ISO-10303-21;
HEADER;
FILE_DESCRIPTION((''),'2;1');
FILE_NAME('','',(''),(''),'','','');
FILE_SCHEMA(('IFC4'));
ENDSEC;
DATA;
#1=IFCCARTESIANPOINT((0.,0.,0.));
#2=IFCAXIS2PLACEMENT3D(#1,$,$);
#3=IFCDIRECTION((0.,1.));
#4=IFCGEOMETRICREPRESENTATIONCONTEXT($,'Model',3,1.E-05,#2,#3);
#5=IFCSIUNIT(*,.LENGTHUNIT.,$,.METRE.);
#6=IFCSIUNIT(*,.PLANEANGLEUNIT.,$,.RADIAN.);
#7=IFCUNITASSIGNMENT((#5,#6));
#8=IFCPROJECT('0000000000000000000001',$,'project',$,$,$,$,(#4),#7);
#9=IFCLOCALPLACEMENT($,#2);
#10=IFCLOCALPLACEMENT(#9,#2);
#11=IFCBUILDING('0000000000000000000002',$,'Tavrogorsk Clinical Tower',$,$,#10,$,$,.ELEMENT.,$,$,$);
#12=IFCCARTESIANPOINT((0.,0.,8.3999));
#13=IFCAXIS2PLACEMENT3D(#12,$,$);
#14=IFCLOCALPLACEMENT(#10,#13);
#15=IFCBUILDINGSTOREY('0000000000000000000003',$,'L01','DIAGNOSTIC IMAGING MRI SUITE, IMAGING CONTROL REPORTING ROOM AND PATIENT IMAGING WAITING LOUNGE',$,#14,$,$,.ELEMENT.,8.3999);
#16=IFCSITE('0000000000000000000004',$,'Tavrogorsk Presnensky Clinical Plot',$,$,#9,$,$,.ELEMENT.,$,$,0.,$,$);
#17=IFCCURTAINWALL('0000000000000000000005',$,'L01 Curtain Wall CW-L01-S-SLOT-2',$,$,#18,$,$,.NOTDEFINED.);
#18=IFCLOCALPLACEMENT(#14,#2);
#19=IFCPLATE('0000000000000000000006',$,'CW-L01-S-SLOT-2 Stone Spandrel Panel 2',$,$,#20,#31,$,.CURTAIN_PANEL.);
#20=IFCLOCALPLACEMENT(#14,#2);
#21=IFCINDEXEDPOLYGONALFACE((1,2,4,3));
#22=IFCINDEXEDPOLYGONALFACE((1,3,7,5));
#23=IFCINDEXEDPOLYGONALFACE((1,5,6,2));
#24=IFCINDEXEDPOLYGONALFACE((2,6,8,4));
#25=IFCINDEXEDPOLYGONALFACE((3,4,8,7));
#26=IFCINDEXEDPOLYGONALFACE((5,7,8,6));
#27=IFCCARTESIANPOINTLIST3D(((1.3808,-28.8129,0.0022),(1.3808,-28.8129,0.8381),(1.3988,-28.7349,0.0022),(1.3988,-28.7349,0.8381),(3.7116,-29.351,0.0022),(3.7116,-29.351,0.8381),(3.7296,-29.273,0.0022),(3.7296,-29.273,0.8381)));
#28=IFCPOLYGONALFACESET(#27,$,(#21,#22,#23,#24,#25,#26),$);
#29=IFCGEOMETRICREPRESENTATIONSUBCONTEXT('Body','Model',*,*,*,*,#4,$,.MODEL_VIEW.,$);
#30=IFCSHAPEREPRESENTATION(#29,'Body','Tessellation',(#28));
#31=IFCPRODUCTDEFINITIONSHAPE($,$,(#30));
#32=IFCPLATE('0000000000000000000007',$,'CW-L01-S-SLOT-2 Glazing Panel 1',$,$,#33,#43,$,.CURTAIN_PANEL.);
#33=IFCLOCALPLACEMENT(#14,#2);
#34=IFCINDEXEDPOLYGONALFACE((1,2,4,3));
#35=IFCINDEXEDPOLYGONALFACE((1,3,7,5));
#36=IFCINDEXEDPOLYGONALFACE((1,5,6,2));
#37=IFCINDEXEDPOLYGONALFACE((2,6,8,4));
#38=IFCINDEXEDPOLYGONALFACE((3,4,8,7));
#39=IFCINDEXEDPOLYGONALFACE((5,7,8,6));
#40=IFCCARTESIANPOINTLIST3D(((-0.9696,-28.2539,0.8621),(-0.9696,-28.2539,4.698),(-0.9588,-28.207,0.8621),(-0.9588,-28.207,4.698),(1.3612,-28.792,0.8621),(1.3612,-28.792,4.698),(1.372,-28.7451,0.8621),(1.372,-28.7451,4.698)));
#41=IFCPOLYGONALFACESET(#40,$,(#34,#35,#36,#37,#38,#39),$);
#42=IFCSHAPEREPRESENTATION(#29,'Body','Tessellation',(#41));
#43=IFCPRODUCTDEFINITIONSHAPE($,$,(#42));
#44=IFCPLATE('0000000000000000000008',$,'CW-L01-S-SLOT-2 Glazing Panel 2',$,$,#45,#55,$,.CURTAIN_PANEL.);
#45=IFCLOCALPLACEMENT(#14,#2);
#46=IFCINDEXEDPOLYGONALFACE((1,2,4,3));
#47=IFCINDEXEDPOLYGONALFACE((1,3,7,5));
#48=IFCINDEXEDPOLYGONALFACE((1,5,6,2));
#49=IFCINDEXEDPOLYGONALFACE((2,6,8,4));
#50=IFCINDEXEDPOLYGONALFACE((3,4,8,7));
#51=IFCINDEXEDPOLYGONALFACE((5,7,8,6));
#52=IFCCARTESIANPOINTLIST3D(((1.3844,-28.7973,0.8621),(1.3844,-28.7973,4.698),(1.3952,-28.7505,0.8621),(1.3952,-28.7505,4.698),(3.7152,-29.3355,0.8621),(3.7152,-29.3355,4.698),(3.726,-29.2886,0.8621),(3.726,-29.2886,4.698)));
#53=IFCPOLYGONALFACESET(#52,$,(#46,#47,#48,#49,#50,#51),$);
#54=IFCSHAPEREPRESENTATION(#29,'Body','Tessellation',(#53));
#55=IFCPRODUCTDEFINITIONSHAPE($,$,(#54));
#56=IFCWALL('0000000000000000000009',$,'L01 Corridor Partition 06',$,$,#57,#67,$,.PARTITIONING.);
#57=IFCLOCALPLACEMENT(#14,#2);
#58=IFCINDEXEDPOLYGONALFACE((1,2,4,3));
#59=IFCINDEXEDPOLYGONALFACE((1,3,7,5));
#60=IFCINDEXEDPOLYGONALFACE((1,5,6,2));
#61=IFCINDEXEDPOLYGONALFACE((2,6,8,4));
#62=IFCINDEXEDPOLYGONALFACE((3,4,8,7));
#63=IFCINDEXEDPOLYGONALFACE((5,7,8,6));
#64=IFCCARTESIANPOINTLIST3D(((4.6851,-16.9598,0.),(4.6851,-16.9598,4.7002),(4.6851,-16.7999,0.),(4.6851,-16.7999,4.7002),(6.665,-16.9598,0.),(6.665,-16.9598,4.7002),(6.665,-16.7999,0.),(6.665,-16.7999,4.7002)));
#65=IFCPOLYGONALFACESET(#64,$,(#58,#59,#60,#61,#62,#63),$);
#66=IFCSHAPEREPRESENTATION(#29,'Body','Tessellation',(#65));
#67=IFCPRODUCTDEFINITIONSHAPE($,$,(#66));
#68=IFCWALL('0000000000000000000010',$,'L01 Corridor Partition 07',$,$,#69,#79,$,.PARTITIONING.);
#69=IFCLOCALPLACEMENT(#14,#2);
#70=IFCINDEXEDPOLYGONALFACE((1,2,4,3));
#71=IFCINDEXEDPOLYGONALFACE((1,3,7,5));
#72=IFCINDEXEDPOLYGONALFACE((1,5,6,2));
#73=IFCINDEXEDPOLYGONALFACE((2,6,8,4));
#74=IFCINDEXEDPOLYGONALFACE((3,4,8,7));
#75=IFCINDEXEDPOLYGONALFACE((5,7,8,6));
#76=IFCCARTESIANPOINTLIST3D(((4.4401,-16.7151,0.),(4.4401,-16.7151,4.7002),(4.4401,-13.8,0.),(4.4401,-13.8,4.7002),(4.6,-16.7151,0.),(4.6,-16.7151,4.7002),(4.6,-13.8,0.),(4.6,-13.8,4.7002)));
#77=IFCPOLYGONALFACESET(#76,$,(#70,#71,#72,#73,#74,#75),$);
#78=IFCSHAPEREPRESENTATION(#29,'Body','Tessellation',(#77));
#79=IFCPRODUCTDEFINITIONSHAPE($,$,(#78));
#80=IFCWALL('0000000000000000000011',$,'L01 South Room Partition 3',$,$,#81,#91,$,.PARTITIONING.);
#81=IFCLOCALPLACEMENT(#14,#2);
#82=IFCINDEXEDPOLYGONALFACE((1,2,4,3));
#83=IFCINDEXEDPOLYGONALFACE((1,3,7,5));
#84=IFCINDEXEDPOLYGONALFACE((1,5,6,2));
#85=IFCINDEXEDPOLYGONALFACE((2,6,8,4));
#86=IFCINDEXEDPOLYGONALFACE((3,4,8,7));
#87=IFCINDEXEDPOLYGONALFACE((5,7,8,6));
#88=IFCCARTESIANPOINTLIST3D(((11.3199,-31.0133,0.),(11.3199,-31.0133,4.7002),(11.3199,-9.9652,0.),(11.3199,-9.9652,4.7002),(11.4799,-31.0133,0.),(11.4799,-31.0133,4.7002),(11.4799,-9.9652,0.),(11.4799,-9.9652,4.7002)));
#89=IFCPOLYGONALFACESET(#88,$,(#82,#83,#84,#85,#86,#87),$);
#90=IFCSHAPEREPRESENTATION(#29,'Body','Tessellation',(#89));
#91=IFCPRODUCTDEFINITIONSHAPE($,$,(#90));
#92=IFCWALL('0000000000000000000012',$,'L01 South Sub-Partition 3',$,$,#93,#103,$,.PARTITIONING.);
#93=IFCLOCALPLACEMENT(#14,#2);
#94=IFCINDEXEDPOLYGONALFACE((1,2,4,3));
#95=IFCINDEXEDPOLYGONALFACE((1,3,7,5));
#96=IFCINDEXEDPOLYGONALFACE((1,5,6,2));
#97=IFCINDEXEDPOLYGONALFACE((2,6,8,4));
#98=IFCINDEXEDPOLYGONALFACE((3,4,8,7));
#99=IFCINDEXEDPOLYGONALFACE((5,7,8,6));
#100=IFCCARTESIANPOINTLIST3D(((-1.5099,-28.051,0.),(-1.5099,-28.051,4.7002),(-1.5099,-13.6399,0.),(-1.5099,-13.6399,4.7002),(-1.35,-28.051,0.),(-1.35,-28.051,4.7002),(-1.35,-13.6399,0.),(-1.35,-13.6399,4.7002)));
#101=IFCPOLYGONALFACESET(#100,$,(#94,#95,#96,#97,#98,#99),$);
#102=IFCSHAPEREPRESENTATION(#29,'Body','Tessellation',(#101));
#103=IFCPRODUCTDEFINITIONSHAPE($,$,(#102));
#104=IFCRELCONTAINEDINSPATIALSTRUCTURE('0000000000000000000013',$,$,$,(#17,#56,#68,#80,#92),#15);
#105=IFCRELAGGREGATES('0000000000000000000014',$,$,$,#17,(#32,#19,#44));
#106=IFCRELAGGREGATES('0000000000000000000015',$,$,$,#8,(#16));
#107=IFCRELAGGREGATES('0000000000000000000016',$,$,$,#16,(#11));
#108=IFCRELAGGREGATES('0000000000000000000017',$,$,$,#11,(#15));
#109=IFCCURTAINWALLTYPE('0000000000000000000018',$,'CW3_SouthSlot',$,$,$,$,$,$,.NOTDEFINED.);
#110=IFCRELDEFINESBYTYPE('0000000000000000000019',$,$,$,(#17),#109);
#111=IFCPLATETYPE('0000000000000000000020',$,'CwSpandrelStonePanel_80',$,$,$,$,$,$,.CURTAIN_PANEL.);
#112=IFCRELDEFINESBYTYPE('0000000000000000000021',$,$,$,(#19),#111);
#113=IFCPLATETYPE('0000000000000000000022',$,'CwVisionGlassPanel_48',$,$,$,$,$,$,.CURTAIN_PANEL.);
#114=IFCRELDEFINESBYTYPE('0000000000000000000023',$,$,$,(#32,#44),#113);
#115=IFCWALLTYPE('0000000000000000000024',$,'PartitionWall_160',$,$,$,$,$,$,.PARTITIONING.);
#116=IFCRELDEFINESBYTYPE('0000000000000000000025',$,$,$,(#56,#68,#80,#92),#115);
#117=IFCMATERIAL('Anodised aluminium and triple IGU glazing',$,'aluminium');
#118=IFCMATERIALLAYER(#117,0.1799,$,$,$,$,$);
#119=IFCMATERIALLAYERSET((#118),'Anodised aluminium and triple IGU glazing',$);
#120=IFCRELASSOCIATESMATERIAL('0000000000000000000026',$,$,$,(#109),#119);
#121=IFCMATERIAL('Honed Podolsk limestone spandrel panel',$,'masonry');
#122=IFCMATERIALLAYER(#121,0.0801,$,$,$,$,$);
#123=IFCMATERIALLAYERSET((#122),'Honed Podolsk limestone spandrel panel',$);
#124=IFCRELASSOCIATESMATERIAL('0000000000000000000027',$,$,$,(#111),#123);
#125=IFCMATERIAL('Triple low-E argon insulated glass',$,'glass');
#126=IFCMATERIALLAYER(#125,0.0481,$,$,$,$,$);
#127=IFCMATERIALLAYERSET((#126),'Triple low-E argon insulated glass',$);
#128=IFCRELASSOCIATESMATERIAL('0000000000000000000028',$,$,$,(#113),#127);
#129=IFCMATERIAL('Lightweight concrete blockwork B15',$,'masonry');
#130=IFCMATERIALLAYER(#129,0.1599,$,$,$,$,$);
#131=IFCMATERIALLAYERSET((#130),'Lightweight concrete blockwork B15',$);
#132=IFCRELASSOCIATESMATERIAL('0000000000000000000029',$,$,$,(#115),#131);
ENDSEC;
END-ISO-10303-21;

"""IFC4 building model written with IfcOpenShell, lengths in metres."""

from ifc_helpers import new_model, si_unit, direction, frame, frame_2d, origin, origin_2d, place, context, subcontext, project, spatial, rectangle, extrude, material, layer, layer_set, type_object, element, aggregate, save


model = new_model("IFC4")

# Units and contexts
model_context = context("Model", 3, precision=1e-05, world=origin(), true_north=direction((0.0, 1.0)))
body_context = subcontext(model_context, "Body", "Model", "MODEL_VIEW")
ifc_project = project(units=[si_unit("LENGTHUNIT", "METRE"), si_unit("PLANEANGLEUNIT", "RADIAN")], contexts=[model_context])

# Site, building, storey
site_placement = place(None, origin())
site = spatial("IfcSite", under=ifc_project, at=site_placement, Name="Tavrogorsk Presnensky Clinical Plot", CompositionType="ELEMENT", RefElevation=0.0)
building_placement = place(site_placement, origin())
building = spatial("IfcBuilding", under=site, at=building_placement, Name="Tavrogorsk Clinical Tower", CompositionType="ELEMENT")
storey_placement = place(building_placement, frame((0.0, 0.0, 8.3999)))
storey = spatial("IfcBuildingStorey", under=building, at=storey_placement, Name="L01", Description="DIAGNOSTIC IMAGING MRI SUITE, IMAGING CONTROL REPORTING ROOM AND PATIENT IMAGING WAITING LOUNGE", CompositionType="ELEMENT", Elevation=8.3999)

# Curtain wall
ifc_material_1 = material(Name="Anodised aluminium and triple IGU glazing", Category="aluminium")
ifc_layer_1 = layer(ifc_material_1, 0.1799)
ifc_layer_set_1 = layer_set([ifc_layer_1], Name="Anodised aluminium and triple IGU glazing")
curtain_wall_type = type_object("IfcCurtainWallType", Name="CW3_SouthSlot", PredefinedType="NOTDEFINED", material=ifc_layer_set_1)
curtain_wall_placement = place(storey_placement, origin())
curtain_wall = element("IfcCurtainWall", 1, at=curtain_wall_placement, inside=storey, type_object=curtain_wall_type, Name="L01 Curtain Wall CW-L01-S-SLOT-2", PredefinedType="NOTDEFINED")

# Plates
ifc_material_2 = material(Name="Honed Podolsk limestone spandrel panel", Category="masonry")
ifc_layer_2 = layer(ifc_material_2, 0.0801)
ifc_layer_set_2 = layer_set([ifc_layer_2], Name="Honed Podolsk limestone spandrel panel")
plate_type_1 = type_object("IfcPlateType", Name="CwSpandrelStonePanel_80", PredefinedType="CURTAIN_PANEL", material=ifc_layer_set_2)
plate_1_placement = place(storey_placement, frame((2.5552, -29.043, 0.0022), z_axis=(0.0, 0.0, 1.0), x_axis=(0.97437, -0.224951, 0.0)))
plate_1 = element("IfcPlate", 2, at=plate_1_placement, type_object=plate_type_1, Name="CW-L01-S-SLOT-2 Stone Spandrel Panel 2", PredefinedType="CURTAIN_PANEL", context=body_context, shape_type="SweptSolid", body=[
    extrude(rectangle(XDim=2.3921, YDim=0.0801, at=origin_2d()), origin(), (0.0, 0.0, 1.0), 0.8359),
])
ifc_material_3 = material(Name="Triple low-E argon insulated glass", Category="glass")
ifc_layer_3 = layer(ifc_material_3, 0.0481)
ifc_layer_set_3 = layer_set([ifc_layer_3], Name="Triple low-E argon insulated glass")
plate_type_2 = type_object("IfcPlateType", Name="CwVisionGlassPanel_48", PredefinedType="CURTAIN_PANEL", material=ifc_layer_set_3)
plate_2_placement = place(storey_placement, frame((0.2012, -28.4995, 0.8621), z_axis=(0.0, 0.0, 1.0), x_axis=(0.97437, -0.224951, 0.0)))
plate_2 = element("IfcPlate", 3, at=plate_2_placement, type_object=plate_type_2, Name="CW-L01-S-SLOT-2 Glazing Panel 1", PredefinedType="CURTAIN_PANEL", context=body_context, shape_type="SweptSolid", body=[
    extrude(rectangle(XDim=2.3921, YDim=0.0481, at=origin_2d()), origin(), (0.0, 0.0, 1.0), 3.8359),
])
plate_3_placement = place(storey_placement, frame((2.5552, -29.043, 0.8621), z_axis=(0.0, 0.0, 1.0), x_axis=(0.97437, -0.224951, 0.0)))
plate_3 = element("IfcPlate", 4, at=plate_3_placement, type_object=plate_type_2, Name="CW-L01-S-SLOT-2 Glazing Panel 2", PredefinedType="CURTAIN_PANEL", context=body_context, shape_type="SweptSolid", body=[
    extrude(rectangle(XDim=2.3921, YDim=0.0481, at=origin_2d()), origin(), (0.0, 0.0, 1.0), 3.8359),
])
aggregate(curtain_wall, [plate_2, plate_1, plate_3])

# Walls
ifc_material_4 = material(Name="Lightweight concrete blockwork B15", Category="masonry")
ifc_layer_4 = layer(ifc_material_4, 0.1599)
ifc_layer_set_4 = layer_set([ifc_layer_4], Name="Lightweight concrete blockwork B15")
wall_type_1 = type_object("IfcWallType", Name="PartitionWall_160", PredefinedType="PARTITIONING", material=ifc_layer_set_4)
wall_1_placement = place(storey_placement, frame((6.665, -16.8799, 0.0), z_axis=(0.0, 0.0, 1.0), x_axis=(-1.0, 0.0, 0.0)))
element("IfcWall", 5, at=wall_1_placement, inside=storey, type_object=wall_type_1, Name="L01 Corridor Partition 06", PredefinedType="PARTITIONING", context=body_context, shape_type="SweptSolid", body=[
    extrude(rectangle(XDim=1.98, YDim=0.1599, at=frame_2d((0.99, 0.0))), origin(), (0.0, 0.0, 1.0), 4.7002),
])
wall_2_placement = place(storey_placement, frame((4.52, -16.7151, 0.0), z_axis=(0.0, 0.0, 1.0), x_axis=(0.0, 1.0, 0.0)))
element("IfcWall", 6, at=wall_2_placement, inside=storey, type_object=wall_type_1, Name="L01 Corridor Partition 07", PredefinedType="PARTITIONING", context=body_context, shape_type="SweptSolid", body=[
    extrude(rectangle(XDim=2.915, YDim=0.1599, at=frame_2d((1.4575, 0.0))), origin(), (0.0, 0.0, 1.0), 4.7002),
])
wall_3_placement = place(storey_placement, frame((11.3999, -31.0132, 0.0), z_axis=(0.0, 0.0, 1.0), x_axis=(0.0, 1.0, 0.0)))
element("IfcWall", 7, at=wall_3_placement, inside=storey, type_object=wall_type_1, Name="L01 South Room Partition 3", PredefinedType="PARTITIONING", context=body_context, shape_type="SweptSolid", body=[
    extrude(rectangle(XDim=21.0481, YDim=0.1599, at=frame_2d((10.5239, 0.0))), origin(), (0.0, 0.0, 1.0), 4.7002),
])
wall_4_placement = place(storey_placement, frame((-1.4299, -28.051, 0.0), z_axis=(0.0, 0.0, 1.0), x_axis=(0.0, 1.0, 0.0)))
element("IfcWall", 8, at=wall_4_placement, inside=storey, type_object=wall_type_1, Name="L01 South Sub-Partition 3", PredefinedType="PARTITIONING", context=body_context, shape_type="SweptSolid", body=[
    extrude(rectangle(XDim=14.4111, YDim=0.1599, at=frame_2d((7.2056, 0.0))), origin(), (0.0, 0.0, 1.0), 4.7002),
])

save(model, "model.ifc")
